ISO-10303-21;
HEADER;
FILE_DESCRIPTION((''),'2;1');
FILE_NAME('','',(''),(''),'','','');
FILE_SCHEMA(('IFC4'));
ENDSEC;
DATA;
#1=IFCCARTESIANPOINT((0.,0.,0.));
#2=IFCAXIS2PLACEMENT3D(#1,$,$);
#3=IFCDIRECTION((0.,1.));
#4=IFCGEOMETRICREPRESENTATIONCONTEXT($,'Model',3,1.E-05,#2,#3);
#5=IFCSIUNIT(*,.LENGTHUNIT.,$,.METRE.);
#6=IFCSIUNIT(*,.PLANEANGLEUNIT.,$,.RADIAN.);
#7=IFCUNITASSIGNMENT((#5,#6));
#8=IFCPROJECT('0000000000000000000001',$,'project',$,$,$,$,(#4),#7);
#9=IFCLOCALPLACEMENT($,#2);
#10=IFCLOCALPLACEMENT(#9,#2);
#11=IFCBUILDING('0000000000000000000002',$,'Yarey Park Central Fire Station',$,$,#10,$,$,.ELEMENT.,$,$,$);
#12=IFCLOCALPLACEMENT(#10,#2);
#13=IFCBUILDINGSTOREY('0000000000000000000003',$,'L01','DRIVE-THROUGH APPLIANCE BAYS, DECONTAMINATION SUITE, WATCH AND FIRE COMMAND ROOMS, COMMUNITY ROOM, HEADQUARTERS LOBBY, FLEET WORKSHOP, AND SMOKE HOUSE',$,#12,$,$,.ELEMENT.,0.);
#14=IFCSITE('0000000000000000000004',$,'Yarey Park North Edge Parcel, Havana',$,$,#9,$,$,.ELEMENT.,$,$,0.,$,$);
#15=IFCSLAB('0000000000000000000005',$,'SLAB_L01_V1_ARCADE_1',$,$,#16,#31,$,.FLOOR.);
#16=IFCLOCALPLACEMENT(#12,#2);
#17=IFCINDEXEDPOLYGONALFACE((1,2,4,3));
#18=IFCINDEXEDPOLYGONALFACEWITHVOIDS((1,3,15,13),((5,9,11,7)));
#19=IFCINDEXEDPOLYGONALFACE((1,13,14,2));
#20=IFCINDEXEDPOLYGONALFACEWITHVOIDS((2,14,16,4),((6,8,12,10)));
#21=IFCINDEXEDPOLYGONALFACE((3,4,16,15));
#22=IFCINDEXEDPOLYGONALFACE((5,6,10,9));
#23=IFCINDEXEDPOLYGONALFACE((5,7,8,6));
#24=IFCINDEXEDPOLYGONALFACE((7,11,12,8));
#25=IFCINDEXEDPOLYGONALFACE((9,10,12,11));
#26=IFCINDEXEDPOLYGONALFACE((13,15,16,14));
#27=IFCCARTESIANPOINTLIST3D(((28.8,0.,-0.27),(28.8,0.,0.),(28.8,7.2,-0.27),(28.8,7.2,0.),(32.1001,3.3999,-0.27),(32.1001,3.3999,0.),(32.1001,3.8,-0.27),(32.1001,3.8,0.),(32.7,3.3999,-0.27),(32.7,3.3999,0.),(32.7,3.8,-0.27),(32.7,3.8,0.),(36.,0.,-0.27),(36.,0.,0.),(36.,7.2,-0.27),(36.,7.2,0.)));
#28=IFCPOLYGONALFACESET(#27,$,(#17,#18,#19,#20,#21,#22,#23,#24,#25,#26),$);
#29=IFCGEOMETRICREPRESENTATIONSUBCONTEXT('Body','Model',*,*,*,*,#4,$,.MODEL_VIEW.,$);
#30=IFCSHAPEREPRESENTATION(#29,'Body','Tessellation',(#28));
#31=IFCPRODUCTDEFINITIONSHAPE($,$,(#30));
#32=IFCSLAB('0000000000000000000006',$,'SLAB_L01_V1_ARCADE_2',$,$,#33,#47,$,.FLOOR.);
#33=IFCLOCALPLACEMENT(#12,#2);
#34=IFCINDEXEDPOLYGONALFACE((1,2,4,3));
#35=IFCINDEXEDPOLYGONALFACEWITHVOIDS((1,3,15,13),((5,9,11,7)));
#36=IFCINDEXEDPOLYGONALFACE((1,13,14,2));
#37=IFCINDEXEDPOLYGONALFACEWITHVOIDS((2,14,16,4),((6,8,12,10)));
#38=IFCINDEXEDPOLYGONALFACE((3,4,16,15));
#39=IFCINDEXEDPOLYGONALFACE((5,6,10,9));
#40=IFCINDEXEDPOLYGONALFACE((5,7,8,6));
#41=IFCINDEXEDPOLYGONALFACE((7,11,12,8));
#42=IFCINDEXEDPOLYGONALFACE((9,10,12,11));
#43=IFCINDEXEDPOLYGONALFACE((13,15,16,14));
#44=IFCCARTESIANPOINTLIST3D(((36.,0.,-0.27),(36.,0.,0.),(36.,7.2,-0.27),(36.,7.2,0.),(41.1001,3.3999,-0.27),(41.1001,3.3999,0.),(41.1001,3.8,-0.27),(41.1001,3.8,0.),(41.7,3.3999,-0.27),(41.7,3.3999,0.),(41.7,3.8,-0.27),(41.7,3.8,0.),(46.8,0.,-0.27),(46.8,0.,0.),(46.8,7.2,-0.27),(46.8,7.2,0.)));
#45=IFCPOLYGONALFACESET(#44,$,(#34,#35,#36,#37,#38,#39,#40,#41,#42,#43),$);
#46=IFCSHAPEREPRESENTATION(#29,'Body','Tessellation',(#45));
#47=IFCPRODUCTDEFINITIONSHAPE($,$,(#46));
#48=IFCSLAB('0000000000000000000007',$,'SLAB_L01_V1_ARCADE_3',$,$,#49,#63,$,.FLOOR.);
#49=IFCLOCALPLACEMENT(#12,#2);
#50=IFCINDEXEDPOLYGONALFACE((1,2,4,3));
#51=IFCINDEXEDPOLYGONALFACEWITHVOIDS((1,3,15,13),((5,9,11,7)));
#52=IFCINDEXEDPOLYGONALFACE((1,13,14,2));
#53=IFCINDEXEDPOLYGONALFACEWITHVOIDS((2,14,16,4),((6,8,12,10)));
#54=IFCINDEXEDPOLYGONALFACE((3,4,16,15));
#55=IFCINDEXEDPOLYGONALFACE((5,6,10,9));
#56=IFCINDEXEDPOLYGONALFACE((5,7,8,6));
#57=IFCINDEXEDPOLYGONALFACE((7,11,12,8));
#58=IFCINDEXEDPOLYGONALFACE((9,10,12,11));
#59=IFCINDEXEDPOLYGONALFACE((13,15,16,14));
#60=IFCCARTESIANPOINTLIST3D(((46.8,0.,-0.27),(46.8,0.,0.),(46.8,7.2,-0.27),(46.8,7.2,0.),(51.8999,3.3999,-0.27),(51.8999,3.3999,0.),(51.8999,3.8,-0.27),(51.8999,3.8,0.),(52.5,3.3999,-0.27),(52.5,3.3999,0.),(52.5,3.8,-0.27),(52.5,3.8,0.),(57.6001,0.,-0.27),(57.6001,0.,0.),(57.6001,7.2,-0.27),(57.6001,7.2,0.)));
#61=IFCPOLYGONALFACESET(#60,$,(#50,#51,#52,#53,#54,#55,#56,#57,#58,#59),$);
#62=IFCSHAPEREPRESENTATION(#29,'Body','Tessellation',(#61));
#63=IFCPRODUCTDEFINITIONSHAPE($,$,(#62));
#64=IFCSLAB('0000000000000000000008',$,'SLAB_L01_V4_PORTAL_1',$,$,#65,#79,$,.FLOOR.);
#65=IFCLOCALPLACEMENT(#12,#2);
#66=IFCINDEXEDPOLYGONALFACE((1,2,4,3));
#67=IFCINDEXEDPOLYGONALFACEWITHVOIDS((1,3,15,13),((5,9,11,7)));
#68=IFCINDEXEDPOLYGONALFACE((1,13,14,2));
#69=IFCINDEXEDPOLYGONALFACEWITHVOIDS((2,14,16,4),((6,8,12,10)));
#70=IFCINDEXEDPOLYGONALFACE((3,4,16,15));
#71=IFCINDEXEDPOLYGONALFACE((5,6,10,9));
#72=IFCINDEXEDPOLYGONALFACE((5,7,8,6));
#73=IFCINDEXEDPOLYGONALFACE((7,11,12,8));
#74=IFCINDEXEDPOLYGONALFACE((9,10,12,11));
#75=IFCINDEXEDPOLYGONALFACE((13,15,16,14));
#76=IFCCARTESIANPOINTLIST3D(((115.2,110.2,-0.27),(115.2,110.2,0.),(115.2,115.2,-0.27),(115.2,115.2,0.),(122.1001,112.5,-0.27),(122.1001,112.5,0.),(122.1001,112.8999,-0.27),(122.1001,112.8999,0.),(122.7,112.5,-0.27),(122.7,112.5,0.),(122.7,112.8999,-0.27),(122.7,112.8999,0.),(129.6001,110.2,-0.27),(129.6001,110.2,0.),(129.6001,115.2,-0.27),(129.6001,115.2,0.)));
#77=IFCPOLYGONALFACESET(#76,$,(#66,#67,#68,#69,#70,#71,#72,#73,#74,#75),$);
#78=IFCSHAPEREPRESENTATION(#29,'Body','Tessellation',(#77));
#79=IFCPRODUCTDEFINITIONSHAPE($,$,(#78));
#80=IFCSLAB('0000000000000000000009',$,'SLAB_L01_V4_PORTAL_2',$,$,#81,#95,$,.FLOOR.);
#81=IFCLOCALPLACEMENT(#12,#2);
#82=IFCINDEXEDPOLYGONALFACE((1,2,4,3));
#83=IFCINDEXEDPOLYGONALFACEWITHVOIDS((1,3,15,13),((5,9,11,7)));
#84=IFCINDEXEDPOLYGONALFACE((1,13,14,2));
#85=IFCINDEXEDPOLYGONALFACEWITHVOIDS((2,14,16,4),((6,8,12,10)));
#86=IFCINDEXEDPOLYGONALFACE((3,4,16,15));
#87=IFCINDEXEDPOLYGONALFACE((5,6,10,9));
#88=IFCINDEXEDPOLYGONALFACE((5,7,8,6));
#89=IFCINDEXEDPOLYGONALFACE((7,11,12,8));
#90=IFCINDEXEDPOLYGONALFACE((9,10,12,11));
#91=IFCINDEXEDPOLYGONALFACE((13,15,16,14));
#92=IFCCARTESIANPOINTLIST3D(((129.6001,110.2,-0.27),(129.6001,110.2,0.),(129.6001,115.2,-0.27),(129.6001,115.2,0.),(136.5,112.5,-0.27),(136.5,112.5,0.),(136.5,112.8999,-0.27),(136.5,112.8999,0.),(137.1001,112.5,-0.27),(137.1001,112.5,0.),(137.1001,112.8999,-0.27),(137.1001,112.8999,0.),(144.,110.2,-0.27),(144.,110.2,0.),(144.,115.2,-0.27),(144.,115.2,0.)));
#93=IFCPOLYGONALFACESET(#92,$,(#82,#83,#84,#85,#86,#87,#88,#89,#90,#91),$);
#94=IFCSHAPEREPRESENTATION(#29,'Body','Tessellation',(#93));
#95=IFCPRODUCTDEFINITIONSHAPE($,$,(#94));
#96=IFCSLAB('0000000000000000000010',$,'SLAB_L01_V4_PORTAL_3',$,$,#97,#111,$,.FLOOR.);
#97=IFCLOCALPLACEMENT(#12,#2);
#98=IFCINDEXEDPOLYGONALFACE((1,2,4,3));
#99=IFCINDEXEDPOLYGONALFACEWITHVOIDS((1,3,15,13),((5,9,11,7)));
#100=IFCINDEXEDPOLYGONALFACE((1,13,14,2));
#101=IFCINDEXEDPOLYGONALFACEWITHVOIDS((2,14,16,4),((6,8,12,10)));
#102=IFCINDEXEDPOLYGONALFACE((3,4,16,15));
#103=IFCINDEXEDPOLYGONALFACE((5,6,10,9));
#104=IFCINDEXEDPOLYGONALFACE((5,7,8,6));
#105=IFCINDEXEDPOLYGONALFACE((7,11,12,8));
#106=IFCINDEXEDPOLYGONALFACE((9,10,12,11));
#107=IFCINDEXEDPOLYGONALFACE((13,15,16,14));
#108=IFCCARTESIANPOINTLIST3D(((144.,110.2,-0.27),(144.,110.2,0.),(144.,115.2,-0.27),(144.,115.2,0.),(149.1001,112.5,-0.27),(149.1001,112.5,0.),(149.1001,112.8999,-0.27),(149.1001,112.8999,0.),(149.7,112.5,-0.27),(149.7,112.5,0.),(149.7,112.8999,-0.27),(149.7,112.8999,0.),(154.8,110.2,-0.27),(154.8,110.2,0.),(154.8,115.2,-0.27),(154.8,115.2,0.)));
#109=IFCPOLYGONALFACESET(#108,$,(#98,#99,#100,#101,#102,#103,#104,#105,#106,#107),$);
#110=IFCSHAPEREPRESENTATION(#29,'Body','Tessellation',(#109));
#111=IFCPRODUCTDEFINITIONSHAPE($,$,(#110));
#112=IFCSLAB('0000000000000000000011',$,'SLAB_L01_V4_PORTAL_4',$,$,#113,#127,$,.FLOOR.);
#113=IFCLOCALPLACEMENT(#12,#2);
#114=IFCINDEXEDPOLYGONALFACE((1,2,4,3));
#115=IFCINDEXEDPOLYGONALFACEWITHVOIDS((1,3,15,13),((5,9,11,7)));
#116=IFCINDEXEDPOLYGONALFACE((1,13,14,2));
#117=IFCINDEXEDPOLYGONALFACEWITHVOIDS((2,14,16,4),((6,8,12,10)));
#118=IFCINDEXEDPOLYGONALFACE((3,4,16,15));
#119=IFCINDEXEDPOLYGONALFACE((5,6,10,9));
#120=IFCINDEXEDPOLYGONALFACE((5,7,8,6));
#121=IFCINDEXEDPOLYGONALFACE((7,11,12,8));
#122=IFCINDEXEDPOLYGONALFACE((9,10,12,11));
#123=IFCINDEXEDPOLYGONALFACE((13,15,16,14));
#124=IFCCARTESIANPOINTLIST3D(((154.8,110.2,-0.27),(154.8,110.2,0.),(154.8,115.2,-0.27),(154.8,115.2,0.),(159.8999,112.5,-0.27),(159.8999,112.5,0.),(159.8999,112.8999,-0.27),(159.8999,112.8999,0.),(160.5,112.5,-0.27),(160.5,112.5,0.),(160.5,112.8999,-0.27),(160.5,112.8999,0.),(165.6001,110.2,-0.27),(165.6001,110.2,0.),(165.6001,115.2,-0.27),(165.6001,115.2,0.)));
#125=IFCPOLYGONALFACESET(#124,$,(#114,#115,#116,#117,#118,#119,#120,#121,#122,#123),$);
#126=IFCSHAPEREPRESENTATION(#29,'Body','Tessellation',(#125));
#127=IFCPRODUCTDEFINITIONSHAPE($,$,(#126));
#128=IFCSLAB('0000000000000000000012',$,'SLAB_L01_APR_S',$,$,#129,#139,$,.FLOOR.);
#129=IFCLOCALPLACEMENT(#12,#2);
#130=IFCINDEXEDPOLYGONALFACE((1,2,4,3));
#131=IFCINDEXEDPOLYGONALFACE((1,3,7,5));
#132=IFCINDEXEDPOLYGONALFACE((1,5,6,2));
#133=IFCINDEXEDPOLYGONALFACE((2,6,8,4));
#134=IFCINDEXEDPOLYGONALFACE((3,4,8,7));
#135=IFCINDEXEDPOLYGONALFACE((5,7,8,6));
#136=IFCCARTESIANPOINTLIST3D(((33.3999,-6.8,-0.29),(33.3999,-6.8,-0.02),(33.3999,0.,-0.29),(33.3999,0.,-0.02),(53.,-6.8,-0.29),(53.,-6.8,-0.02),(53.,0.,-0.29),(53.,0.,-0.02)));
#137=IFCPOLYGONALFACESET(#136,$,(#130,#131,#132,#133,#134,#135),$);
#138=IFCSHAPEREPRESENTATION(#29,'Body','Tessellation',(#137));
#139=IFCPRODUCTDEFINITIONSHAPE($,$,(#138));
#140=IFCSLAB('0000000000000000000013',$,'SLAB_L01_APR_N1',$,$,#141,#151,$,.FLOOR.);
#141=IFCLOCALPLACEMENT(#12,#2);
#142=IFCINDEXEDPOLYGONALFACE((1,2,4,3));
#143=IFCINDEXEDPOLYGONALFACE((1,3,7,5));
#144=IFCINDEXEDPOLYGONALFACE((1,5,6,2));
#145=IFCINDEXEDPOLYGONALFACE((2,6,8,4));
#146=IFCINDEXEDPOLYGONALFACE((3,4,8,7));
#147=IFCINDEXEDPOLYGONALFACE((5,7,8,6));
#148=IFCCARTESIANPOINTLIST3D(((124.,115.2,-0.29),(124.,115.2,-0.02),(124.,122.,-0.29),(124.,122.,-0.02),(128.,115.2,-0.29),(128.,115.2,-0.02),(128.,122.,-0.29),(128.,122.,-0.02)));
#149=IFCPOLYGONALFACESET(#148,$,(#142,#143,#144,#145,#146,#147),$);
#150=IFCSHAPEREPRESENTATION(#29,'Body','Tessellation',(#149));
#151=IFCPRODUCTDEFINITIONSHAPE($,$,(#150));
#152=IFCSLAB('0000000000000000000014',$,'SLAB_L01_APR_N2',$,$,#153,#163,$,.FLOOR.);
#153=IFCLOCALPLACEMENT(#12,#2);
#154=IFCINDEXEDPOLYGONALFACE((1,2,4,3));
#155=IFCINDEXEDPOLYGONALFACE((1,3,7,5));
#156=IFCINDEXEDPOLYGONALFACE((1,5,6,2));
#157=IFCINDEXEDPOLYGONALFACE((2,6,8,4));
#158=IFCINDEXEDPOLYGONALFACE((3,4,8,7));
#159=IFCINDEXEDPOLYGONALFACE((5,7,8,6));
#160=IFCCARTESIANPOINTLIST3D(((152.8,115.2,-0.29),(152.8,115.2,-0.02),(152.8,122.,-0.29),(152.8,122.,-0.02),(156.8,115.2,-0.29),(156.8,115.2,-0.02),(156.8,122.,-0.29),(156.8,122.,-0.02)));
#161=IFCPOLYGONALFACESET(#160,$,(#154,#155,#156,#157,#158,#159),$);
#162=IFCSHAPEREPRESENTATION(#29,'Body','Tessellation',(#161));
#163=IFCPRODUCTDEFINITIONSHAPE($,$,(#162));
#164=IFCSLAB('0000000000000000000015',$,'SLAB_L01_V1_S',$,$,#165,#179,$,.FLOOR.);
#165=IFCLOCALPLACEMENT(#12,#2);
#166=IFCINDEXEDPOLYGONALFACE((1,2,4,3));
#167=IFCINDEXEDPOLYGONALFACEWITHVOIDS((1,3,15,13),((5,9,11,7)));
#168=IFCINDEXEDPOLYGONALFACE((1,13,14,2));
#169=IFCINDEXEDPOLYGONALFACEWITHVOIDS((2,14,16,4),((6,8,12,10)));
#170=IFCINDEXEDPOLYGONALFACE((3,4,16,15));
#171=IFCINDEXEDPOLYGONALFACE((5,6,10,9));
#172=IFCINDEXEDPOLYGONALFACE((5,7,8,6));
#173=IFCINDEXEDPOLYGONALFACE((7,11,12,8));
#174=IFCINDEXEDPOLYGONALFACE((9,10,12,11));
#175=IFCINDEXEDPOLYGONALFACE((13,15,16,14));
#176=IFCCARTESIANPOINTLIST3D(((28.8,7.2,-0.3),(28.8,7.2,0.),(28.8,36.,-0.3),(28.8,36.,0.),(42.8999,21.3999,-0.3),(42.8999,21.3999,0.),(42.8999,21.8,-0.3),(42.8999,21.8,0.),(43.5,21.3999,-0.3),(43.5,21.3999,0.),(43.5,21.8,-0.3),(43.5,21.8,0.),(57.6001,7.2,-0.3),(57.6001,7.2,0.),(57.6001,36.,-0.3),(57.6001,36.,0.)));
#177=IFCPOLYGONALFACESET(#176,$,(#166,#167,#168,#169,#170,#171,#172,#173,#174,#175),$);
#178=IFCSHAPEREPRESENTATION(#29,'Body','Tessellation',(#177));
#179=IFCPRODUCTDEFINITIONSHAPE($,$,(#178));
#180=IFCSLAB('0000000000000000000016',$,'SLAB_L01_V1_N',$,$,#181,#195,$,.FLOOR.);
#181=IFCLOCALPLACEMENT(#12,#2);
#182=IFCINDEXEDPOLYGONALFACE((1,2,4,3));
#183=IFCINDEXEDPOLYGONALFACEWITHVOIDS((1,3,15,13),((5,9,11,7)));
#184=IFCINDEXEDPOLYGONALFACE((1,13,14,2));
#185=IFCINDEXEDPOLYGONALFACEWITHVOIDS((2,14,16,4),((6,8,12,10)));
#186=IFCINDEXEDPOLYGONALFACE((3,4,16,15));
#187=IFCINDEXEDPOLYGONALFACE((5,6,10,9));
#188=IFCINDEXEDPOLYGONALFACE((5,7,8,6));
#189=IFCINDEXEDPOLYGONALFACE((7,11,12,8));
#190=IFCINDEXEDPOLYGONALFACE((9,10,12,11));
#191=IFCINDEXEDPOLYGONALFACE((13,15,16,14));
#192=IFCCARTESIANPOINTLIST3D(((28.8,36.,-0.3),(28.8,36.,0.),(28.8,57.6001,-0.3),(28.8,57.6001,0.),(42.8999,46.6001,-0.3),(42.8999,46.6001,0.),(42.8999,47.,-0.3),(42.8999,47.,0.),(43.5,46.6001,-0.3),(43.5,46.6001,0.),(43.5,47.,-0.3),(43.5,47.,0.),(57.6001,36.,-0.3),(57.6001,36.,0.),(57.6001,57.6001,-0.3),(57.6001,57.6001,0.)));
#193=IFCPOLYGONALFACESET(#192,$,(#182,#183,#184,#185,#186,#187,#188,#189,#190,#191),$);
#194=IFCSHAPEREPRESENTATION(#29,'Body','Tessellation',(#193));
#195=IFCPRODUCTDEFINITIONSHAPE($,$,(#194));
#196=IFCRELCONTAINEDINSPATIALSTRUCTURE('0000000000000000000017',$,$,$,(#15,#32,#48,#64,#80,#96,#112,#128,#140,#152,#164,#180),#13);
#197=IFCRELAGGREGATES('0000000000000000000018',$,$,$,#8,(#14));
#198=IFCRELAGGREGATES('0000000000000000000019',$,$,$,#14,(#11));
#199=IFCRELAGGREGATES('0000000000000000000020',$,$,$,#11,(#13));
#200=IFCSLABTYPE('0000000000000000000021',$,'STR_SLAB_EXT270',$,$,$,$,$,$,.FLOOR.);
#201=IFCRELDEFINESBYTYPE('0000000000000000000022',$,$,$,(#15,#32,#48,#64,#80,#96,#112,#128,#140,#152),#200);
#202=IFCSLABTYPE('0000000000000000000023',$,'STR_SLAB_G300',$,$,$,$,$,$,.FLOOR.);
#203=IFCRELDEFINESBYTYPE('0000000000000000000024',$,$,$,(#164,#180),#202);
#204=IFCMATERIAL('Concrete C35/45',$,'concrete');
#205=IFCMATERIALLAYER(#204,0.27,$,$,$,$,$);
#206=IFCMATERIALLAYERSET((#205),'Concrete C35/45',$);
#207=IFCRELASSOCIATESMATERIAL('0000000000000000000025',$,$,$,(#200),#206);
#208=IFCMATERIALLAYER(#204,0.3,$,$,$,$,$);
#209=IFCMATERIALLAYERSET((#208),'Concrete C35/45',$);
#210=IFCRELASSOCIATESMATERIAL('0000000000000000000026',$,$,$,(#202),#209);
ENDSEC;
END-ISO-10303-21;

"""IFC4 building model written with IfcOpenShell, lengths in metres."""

from ifc_helpers import new_model, si_unit, direction, frame, origin, place, context, subcontext, project, spatial, polyline, outline, extrude, material, layer, layer_set, type_object, element, save


model = new_model("IFC4")

# Units and contexts
model_context = context("Model", 3, precision=1e-05, world=origin(), true_north=direction((0.0, 1.0)))
body_context = subcontext(model_context, "Body", "Model", "MODEL_VIEW")
ifc_project = project(units=[si_unit("LENGTHUNIT", "METRE"), si_unit("PLANEANGLEUNIT", "RADIAN")], contexts=[model_context])

# Site, building, storey
site_placement = place(None, origin())
site = spatial("IfcSite", under=ifc_project, at=site_placement, Name="Yarey Park North Edge Parcel, Havana", CompositionType="ELEMENT", RefElevation=0.0)
building_placement = place(site_placement, origin())
building = spatial("IfcBuilding", under=site, at=building_placement, Name="Yarey Park Central Fire Station", CompositionType="ELEMENT")
storey_placement = place(building_placement, origin())
storey = spatial("IfcBuildingStorey", under=building, at=storey_placement, Name="L01", Description="DRIVE-THROUGH APPLIANCE BAYS, DECONTAMINATION SUITE, WATCH AND FIRE COMMAND ROOMS, COMMUNITY ROOM, HEADQUARTERS LOBBY, FLEET WORKSHOP, AND SMOKE HOUSE", CompositionType="ELEMENT", Elevation=0.0)

# Slabs
ifc_material = material(Name="Concrete C35/45", Category="concrete")
ifc_layer_1 = layer(ifc_material, 0.27)
ifc_layer_set_1 = layer_set([ifc_layer_1], Name="Concrete C35/45")
slab_type_1 = type_object("IfcSlabType", Name="STR_SLAB_EXT270", PredefinedType="FLOOR", material=ifc_layer_set_1)
slab_1_placement = place(storey_placement, frame((0.0, 0.0, -0.27)))
element("IfcSlab", 1, at=slab_1_placement, inside=storey, type_object=slab_type_1, Name="SLAB_L01_V1_ARCADE_1", PredefinedType="FLOOR", context=body_context, shape_type="SweptSolid", body=[
    extrude(outline(polyline([(28.8, 0.0), (36.0, 0.0), (36.0, 7.2), (28.8, 7.2), (28.8, 0.0)]), holes=[polyline([(32.1001, 3.3999), (32.7, 3.3999), (32.7, 3.8), (32.1001, 3.8), (32.1001, 3.3999)])]), origin(), (0.0, 0.0, 1.0), 0.27),
])
slab_2_placement = place(storey_placement, frame((0.0, 0.0, -0.27)))
element("IfcSlab", 2, at=slab_2_placement, inside=storey, type_object=slab_type_1, Name="SLAB_L01_V1_ARCADE_2", PredefinedType="FLOOR", context=body_context, shape_type="SweptSolid", body=[
    extrude(outline(polyline([(36.0, 0.0), (46.8, 0.0), (46.8, 7.2), (36.0, 7.2), (36.0, 0.0)]), holes=[polyline([(41.1001, 3.3999), (41.7, 3.3999), (41.7, 3.8), (41.1001, 3.8), (41.1001, 3.3999)])]), origin(), (0.0, 0.0, 1.0), 0.27),
])
slab_3_placement = place(storey_placement, frame((0.0, 0.0, -0.27)))
element("IfcSlab", 3, at=slab_3_placement, inside=storey, type_object=slab_type_1, Name="SLAB_L01_V1_ARCADE_3", PredefinedType="FLOOR", context=body_context, shape_type="SweptSolid", body=[
    extrude(outline(polyline([(46.8, 0.0), (57.6001, 0.0), (57.6001, 7.2), (46.8, 7.2), (46.8, 0.0)]), holes=[polyline([(51.8999, 3.3999), (52.5, 3.3999), (52.5, 3.8), (51.8999, 3.8), (51.8999, 3.3999)])]), origin(), (0.0, 0.0, 1.0), 0.27),
])
slab_4_placement = place(storey_placement, frame((0.0, 0.0, -0.27)))
element("IfcSlab", 4, at=slab_4_placement, inside=storey, type_object=slab_type_1, Name="SLAB_L01_V4_PORTAL_1", PredefinedType="FLOOR", context=body_context, shape_type="SweptSolid", body=[
    extrude(outline(polyline([(115.2, 110.2), (129.6001, 110.2), (129.6001, 115.2), (115.2, 115.2), (115.2, 110.2)]), holes=[polyline([(122.1001, 112.5), (122.7, 112.5), (122.7, 112.8999), (122.1001, 112.8999), (122.1001, 112.5)])]), origin(), (0.0, 0.0, 1.0), 0.27),
])
slab_5_placement = place(storey_placement, frame((0.0, 0.0, -0.27)))
element("IfcSlab", 5, at=slab_5_placement, inside=storey, type_object=slab_type_1, Name="SLAB_L01_V4_PORTAL_2", PredefinedType="FLOOR", context=body_context, shape_type="SweptSolid", body=[
    extrude(outline(polyline([(129.6001, 110.2), (144.0, 110.2), (144.0, 115.2), (129.6001, 115.2), (129.6001, 110.2)]), holes=[polyline([(136.5, 112.5), (137.1001, 112.5), (137.1001, 112.8999), (136.5, 112.8999), (136.5, 112.5)])]), origin(), (0.0, 0.0, 1.0), 0.27),
])
slab_6_placement = place(storey_placement, frame((0.0, 0.0, -0.27)))
element("IfcSlab", 6, at=slab_6_placement, inside=storey, type_object=slab_type_1, Name="SLAB_L01_V4_PORTAL_3", PredefinedType="FLOOR", context=body_context, shape_type="SweptSolid", body=[
    extrude(outline(polyline([(144.0, 110.2), (154.8, 110.2), (154.8, 115.2), (144.0, 115.2), (144.0, 110.2)]), holes=[polyline([(149.1001, 112.5), (149.7, 112.5), (149.7, 112.8999), (149.1001, 112.8999), (149.1001, 112.5)])]), origin(), (0.0, 0.0, 1.0), 0.27),
])
slab_7_placement = place(storey_placement, frame((0.0, 0.0, -0.27)))
element("IfcSlab", 7, at=slab_7_placement, inside=storey, type_object=slab_type_1, Name="SLAB_L01_V4_PORTAL_4", PredefinedType="FLOOR", context=body_context, shape_type="SweptSolid", body=[
    extrude(outline(polyline([(154.8, 110.2), (165.6001, 110.2), (165.6001, 115.2), (154.8, 115.2), (154.8, 110.2)]), holes=[polyline([(159.8999, 112.5), (160.5, 112.5), (160.5, 112.8999), (159.8999, 112.8999), (159.8999, 112.5)])]), origin(), (0.0, 0.0, 1.0), 0.27),
])
slab_8_placement = place(storey_placement, frame((0.0, 0.0, -0.29)))
element("IfcSlab", 8, at=slab_8_placement, inside=storey, type_object=slab_type_1, Name="SLAB_L01_APR_S", PredefinedType="FLOOR", context=body_context, shape_type="SweptSolid", body=[
    extrude(outline(polyline([(33.3999, -6.8), (53.0, -6.8), (53.0, 0.0), (33.3999, 0.0), (33.3999, -6.8)])), origin(), (0.0, 0.0, 1.0), 0.27),
])
slab_9_placement = place(storey_placement, frame((0.0, 0.0, -0.29)))
element("IfcSlab", 9, at=slab_9_placement, inside=storey, type_object=slab_type_1, Name="SLAB_L01_APR_N1", PredefinedType="FLOOR", context=body_context, shape_type="SweptSolid", body=[
    extrude(outline(polyline([(124.0, 115.2), (128.0, 115.2), (128.0, 122.0), (124.0, 122.0), (124.0, 115.2)])), origin(), (0.0, 0.0, 1.0), 0.27),
])
slab_10_placement = place(storey_placement, frame((0.0, 0.0, -0.29)))
element("IfcSlab", 10, at=slab_10_placement, inside=storey, type_object=slab_type_1, Name="SLAB_L01_APR_N2", PredefinedType="FLOOR", context=body_context, shape_type="SweptSolid", body=[
    extrude(outline(polyline([(152.8, 115.2), (156.8, 115.2), (156.8, 122.0), (152.8, 122.0), (152.8, 115.2)])), origin(), (0.0, 0.0, 1.0), 0.27),
])
ifc_layer_2 = layer(ifc_material, 0.3)
ifc_layer_set_2 = layer_set([ifc_layer_2], Name="Concrete C35/45")
slab_type_2 = type_object("IfcSlabType", Name="STR_SLAB_G300", PredefinedType="FLOOR", material=ifc_layer_set_2)
slab_11_placement = place(storey_placement, frame((0.0, 0.0, -0.3)))
element("IfcSlab", 11, at=slab_11_placement, inside=storey, type_object=slab_type_2, Name="SLAB_L01_V1_S", PredefinedType="FLOOR", context=body_context, shape_type="SweptSolid", body=[
    extrude(outline(polyline([(28.8, 7.2), (57.6001, 7.2), (57.6001, 36.0), (28.8, 36.0), (28.8, 7.2)]), holes=[polyline([(42.8999, 21.3999), (43.5, 21.3999), (43.5, 21.8), (42.8999, 21.8), (42.8999, 21.3999)])]), origin(), (0.0, 0.0, 1.0), 0.3),
])
slab_12_placement = place(storey_placement, frame((0.0, 0.0, -0.3)))
element("IfcSlab", 12, at=slab_12_placement, inside=storey, type_object=slab_type_2, Name="SLAB_L01_V1_N", PredefinedType="FLOOR", context=body_context, shape_type="SweptSolid", body=[
    extrude(outline(polyline([(28.8, 36.0), (57.6001, 36.0), (57.6001, 57.6001), (28.8, 57.6001), (28.8, 36.0)]), holes=[polyline([(42.8999, 46.6001), (43.5, 46.6001), (43.5, 47.0), (42.8999, 47.0), (42.8999, 46.6001)])]), origin(), (0.0, 0.0, 1.0), 0.3),
])

save(model, "model.ifc")
